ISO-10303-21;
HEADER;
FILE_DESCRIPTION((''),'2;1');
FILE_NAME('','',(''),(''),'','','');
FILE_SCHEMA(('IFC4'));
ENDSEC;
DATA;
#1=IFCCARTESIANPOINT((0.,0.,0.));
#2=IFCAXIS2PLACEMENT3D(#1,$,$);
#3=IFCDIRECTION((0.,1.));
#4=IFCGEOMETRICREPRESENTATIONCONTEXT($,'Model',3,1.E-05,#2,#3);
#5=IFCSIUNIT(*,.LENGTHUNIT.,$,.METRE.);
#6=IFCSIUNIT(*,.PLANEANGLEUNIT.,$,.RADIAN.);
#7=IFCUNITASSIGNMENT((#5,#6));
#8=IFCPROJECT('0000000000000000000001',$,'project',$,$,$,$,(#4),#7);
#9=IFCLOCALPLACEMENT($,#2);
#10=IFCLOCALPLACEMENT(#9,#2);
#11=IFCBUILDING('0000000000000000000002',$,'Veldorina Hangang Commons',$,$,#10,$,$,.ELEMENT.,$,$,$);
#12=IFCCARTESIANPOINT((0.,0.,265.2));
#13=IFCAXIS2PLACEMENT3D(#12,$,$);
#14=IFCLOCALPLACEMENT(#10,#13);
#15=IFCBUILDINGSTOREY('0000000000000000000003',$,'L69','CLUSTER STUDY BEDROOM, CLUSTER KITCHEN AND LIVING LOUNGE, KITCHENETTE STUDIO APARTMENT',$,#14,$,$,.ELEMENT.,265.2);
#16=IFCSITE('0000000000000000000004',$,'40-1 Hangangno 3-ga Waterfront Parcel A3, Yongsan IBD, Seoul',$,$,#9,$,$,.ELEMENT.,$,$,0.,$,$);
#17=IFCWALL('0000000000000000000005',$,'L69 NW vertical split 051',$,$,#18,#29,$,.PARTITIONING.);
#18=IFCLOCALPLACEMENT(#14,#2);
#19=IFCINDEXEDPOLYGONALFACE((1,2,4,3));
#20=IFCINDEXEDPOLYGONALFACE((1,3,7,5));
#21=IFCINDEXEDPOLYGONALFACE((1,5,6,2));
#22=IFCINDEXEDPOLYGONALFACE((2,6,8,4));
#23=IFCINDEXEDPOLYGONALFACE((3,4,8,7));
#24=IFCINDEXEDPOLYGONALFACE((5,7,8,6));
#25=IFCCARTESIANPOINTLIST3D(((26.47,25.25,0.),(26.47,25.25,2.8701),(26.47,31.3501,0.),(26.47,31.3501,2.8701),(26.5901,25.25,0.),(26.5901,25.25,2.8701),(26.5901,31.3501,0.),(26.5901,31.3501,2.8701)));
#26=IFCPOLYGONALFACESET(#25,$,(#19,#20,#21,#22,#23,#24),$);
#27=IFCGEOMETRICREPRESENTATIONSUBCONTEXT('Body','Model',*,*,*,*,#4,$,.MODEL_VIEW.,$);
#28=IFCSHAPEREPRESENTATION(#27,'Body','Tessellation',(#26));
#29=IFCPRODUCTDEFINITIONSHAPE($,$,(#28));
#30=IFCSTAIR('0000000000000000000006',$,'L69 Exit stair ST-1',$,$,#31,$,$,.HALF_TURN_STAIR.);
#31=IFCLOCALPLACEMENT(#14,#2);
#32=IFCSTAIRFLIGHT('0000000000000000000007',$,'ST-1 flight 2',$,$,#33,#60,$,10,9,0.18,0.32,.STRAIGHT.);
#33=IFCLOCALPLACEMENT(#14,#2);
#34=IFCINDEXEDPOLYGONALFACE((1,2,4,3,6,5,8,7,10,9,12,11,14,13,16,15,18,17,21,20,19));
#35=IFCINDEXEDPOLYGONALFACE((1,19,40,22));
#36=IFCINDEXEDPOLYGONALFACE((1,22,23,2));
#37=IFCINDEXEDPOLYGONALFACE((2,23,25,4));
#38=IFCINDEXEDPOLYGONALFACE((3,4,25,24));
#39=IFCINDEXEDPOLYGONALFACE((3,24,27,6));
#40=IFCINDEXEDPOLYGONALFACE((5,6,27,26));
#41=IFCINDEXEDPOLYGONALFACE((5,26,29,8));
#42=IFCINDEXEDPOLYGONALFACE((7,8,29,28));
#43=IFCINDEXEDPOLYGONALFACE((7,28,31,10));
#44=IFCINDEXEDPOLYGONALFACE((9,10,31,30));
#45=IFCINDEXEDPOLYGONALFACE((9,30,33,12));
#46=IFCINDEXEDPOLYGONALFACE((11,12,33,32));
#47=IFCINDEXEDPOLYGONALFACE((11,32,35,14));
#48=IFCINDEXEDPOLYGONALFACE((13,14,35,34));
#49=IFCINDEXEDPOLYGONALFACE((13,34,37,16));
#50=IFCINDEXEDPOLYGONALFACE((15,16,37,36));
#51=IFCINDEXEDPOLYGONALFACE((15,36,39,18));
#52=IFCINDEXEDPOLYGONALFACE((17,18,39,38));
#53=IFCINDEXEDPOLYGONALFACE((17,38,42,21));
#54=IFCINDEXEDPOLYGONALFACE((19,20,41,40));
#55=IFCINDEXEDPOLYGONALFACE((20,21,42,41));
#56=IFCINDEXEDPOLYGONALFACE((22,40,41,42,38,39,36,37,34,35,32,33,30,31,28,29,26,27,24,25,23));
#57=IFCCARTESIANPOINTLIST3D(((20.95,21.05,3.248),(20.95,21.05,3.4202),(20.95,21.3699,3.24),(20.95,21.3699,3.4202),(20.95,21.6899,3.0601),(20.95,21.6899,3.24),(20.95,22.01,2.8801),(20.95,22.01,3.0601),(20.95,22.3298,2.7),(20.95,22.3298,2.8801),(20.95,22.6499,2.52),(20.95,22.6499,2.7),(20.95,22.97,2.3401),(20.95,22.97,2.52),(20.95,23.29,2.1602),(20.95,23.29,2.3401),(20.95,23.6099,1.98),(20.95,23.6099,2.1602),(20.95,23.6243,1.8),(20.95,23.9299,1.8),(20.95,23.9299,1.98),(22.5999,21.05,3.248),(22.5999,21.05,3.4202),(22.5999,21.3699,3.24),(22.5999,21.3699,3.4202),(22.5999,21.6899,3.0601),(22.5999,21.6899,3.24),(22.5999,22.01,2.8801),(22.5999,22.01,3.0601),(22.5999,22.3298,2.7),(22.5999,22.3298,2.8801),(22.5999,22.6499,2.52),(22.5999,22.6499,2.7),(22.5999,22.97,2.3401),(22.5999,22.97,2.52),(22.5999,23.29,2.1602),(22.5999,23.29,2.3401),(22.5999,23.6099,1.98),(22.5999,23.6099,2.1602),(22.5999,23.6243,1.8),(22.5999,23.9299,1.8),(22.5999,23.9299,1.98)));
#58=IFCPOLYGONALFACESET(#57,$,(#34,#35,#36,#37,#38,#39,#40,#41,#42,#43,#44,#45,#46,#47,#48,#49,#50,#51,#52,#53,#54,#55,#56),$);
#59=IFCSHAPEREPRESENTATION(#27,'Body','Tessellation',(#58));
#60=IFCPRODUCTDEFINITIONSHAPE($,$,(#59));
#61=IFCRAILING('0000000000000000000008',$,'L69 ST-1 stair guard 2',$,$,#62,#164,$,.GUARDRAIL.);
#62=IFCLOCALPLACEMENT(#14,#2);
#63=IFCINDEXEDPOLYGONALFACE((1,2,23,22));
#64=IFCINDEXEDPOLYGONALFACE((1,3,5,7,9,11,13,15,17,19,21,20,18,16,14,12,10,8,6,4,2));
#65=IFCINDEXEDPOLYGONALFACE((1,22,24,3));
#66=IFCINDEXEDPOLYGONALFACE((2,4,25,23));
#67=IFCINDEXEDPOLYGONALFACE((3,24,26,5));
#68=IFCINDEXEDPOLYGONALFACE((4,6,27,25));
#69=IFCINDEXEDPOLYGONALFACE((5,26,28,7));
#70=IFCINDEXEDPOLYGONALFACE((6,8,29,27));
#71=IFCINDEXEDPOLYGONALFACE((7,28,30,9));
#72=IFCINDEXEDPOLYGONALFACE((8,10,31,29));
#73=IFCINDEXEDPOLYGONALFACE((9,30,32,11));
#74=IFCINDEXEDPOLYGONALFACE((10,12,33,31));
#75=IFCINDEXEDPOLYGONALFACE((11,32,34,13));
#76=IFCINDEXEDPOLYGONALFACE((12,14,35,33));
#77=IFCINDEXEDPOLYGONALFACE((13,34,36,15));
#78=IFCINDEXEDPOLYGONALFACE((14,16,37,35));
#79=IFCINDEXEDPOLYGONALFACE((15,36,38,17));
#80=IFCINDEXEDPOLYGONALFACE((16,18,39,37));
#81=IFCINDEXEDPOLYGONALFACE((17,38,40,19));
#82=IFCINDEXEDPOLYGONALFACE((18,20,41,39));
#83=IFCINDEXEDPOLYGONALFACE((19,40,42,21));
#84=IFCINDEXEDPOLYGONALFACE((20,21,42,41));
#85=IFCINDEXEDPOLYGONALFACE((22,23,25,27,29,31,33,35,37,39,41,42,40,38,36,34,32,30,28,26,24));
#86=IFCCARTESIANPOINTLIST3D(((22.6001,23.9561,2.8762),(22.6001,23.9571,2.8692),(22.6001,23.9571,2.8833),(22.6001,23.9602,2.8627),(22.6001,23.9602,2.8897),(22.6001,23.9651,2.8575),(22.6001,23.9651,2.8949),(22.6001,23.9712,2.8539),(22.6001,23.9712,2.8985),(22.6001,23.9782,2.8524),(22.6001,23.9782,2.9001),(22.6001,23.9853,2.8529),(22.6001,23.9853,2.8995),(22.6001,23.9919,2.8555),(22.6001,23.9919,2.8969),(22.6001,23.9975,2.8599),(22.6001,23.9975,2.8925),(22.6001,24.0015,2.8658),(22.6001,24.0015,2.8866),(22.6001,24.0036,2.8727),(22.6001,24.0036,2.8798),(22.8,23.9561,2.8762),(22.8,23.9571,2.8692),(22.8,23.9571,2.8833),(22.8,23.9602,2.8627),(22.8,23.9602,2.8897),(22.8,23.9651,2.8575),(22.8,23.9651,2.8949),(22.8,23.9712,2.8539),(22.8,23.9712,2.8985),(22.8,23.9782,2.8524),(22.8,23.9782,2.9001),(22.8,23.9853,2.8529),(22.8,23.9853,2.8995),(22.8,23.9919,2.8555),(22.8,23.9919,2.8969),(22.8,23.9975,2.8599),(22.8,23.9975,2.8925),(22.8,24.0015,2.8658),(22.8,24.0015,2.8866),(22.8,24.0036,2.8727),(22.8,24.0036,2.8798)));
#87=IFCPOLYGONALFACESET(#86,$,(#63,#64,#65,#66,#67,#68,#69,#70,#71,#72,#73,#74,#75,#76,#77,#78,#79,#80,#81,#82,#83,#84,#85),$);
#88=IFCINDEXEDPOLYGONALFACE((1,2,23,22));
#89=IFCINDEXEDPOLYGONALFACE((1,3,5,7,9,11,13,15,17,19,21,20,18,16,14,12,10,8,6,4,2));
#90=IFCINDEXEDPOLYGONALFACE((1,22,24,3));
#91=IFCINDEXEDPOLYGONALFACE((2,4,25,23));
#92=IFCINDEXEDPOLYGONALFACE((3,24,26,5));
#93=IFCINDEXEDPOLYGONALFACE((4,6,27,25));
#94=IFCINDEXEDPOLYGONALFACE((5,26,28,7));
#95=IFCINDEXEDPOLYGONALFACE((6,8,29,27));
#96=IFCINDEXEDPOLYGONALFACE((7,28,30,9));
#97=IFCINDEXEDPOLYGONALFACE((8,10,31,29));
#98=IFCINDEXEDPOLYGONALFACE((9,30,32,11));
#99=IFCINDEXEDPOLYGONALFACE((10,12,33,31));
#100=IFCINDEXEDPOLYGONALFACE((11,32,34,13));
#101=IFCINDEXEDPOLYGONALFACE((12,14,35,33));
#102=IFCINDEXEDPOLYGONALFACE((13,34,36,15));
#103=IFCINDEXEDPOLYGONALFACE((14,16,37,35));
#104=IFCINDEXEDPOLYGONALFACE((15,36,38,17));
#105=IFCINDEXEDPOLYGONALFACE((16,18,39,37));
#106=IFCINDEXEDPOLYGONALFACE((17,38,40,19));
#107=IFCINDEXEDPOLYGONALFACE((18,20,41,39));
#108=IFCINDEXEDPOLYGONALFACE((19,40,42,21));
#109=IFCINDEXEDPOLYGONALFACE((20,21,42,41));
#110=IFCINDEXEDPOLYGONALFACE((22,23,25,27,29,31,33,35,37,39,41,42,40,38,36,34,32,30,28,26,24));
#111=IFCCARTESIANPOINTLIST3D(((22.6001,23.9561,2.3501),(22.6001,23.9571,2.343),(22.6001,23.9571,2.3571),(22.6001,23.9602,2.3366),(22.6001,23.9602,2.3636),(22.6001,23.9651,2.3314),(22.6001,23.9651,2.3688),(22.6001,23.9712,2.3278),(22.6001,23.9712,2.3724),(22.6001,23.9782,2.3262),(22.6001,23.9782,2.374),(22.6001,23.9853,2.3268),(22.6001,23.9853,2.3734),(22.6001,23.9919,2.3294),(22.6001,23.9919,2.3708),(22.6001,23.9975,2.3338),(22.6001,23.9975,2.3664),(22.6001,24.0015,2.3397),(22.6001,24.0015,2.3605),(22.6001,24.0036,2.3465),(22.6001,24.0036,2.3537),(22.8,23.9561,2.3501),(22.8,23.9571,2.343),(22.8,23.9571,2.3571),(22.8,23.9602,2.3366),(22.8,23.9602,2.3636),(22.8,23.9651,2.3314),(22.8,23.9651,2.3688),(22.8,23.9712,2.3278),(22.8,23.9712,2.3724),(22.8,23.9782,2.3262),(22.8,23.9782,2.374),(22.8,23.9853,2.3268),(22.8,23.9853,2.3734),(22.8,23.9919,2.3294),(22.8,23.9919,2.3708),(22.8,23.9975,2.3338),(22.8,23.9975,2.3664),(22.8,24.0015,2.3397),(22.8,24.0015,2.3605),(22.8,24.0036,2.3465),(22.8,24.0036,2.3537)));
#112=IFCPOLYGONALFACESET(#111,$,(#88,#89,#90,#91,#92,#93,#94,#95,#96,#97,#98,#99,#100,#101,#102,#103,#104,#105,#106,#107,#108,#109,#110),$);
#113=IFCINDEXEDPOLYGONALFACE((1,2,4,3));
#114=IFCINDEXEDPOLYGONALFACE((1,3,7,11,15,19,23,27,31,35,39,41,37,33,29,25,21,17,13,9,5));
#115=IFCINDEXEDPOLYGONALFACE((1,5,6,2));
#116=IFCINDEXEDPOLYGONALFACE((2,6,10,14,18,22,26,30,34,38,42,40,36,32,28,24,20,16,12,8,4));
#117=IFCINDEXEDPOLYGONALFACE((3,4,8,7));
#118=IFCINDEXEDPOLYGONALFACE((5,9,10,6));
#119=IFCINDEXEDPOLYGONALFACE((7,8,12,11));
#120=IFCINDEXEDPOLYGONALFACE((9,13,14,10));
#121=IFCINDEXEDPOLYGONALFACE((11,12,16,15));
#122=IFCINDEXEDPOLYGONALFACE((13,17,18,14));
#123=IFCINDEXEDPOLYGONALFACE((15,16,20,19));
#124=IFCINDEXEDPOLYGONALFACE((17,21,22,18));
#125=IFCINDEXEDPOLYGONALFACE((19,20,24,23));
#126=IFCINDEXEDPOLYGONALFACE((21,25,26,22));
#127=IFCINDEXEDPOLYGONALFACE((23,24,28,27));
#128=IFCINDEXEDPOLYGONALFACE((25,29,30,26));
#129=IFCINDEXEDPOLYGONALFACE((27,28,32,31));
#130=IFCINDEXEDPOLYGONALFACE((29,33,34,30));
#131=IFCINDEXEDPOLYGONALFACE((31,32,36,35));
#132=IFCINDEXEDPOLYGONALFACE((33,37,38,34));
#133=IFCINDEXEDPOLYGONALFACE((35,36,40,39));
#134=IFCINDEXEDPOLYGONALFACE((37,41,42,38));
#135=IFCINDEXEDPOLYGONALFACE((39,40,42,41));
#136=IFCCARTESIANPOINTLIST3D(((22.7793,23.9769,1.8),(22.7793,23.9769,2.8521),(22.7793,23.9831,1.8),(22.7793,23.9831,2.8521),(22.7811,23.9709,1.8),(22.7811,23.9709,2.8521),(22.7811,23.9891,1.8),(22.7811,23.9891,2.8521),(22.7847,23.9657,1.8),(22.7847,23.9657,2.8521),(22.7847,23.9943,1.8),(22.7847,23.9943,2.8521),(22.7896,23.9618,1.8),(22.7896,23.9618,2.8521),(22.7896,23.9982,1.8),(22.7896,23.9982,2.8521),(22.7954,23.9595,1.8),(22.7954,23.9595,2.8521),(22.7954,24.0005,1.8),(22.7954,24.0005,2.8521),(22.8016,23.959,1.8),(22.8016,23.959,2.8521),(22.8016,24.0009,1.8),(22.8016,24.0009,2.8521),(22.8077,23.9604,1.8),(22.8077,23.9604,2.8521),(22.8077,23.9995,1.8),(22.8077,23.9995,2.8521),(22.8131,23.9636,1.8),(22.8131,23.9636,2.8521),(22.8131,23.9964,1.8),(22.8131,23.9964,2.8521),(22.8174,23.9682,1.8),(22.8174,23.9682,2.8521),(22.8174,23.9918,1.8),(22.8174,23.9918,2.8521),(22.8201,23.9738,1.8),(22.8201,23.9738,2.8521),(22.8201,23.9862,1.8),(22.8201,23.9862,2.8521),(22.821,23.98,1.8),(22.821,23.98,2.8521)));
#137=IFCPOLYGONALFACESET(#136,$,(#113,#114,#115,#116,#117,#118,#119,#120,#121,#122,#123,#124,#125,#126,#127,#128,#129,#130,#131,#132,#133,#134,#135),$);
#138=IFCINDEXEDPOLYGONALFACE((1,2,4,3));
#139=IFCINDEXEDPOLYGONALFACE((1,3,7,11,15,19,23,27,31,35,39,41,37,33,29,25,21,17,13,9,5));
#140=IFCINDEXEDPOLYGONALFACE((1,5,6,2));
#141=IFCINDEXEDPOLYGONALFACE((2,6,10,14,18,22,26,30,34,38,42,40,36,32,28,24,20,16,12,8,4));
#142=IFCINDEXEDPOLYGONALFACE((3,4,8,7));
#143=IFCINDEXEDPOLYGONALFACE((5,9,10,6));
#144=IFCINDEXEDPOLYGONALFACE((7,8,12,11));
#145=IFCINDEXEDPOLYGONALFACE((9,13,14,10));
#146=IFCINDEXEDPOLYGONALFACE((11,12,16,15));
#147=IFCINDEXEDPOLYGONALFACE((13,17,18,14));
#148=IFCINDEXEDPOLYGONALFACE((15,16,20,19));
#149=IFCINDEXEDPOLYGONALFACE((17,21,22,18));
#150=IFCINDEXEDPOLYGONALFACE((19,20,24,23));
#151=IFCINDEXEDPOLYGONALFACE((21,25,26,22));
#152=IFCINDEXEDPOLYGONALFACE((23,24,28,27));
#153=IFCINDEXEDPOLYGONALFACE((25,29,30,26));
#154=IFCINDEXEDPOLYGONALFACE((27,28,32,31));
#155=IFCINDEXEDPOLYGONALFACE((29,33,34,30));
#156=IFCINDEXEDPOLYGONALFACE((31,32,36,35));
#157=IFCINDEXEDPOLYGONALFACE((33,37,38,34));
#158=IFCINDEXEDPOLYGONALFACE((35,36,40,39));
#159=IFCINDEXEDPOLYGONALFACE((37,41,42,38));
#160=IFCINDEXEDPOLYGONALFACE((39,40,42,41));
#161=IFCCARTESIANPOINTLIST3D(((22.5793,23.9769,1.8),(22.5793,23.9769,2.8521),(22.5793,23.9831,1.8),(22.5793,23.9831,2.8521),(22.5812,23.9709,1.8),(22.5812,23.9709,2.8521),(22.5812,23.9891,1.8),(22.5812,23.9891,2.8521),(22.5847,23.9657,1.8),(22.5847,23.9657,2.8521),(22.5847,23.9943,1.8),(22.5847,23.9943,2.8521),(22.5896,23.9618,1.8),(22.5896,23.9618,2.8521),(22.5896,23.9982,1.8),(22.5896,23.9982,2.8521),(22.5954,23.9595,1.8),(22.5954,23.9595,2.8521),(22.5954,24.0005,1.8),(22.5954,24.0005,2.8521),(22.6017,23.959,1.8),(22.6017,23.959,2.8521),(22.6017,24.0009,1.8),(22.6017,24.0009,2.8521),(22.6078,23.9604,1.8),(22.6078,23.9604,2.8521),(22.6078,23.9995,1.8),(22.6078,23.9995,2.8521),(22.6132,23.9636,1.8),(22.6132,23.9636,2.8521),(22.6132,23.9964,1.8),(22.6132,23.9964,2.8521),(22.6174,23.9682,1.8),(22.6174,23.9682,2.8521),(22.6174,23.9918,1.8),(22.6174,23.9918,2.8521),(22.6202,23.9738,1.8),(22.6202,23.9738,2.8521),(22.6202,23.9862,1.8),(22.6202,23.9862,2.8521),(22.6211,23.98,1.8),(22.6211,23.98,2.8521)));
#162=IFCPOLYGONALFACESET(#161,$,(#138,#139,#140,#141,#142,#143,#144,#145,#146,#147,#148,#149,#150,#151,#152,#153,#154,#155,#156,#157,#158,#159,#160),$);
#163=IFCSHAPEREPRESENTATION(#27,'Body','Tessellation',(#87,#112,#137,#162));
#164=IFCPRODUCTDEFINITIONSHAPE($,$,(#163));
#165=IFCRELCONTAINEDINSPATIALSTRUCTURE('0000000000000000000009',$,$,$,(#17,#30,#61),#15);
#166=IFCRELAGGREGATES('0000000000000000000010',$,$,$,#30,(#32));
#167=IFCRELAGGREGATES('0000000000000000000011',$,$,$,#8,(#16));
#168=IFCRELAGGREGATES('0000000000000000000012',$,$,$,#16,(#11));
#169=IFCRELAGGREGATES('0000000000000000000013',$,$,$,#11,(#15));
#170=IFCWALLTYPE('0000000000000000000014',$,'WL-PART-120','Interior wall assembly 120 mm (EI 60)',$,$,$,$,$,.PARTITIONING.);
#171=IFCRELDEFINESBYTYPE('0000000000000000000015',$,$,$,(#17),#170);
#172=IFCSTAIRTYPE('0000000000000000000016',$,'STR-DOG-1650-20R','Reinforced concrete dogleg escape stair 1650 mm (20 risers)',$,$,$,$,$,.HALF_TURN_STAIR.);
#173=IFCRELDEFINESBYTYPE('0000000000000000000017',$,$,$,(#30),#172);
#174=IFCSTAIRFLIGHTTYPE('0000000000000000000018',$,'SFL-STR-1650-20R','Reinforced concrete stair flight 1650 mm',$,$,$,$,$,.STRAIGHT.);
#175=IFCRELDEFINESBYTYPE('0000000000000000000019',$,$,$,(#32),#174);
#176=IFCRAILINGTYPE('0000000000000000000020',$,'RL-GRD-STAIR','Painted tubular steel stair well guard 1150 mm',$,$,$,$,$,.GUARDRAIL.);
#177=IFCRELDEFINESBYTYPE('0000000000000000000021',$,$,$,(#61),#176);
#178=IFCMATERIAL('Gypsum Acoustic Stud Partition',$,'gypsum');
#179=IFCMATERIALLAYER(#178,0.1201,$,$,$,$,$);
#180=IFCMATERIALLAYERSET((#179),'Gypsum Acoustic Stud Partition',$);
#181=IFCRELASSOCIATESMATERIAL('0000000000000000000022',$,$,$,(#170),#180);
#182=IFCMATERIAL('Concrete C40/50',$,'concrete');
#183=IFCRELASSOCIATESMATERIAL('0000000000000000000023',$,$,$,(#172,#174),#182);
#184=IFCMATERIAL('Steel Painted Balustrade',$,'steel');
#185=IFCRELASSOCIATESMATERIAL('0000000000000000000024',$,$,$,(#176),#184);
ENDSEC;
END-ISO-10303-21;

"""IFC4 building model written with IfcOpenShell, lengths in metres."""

from ifc_helpers import new_model, si_unit, direction, frame, frame_2d, origin, origin_2d, place, context, subcontext, project, spatial, polyline, rectangle, circle, outline, extrude, material, layer, layer_set, type_object, element, aggregate, save


model = new_model("IFC4")

# Units and contexts
model_context = context("Model", 3, precision=1e-05, world=origin(), true_north=direction((0.0, 1.0)))
body_context = subcontext(model_context, "Body", "Model", "MODEL_VIEW")
ifc_project = project(units=[si_unit("LENGTHUNIT", "METRE"), si_unit("PLANEANGLEUNIT", "RADIAN")], contexts=[model_context])

# Site, building, storey
site_placement = place(None, origin())
site = spatial("IfcSite", under=ifc_project, at=site_placement, Name="40-1 Hangangno 3-ga Waterfront Parcel A3, Yongsan IBD, Seoul", CompositionType="ELEMENT", RefElevation=0.0)
building_placement = place(site_placement, origin())
building = spatial("IfcBuilding", under=site, at=building_placement, Name="Veldorina Hangang Commons", CompositionType="ELEMENT")
storey_placement = place(building_placement, frame((0.0, 0.0, 265.2)))
storey = spatial("IfcBuildingStorey", under=building, at=storey_placement, Name="L69", Description="CLUSTER STUDY BEDROOM, CLUSTER KITCHEN AND LIVING LOUNGE, KITCHENETTE STUDIO APARTMENT", CompositionType="ELEMENT", Elevation=265.2)

# Shared definitions
ifc_material_1 = material(Name="Gypsum Acoustic Stud Partition", Category="gypsum")
ifc_layer_1 = layer(ifc_material_1, 0.1201)
ifc_layer_set_1 = layer_set([ifc_layer_1], Name="Gypsum Acoustic Stud Partition")
wall_type_1 = type_object("IfcWallType", Name="WL-PART-120", Description="Interior wall assembly 120 mm (EI 60)", PredefinedType="PARTITIONING", material=ifc_layer_set_1)

# Wall
wall_1_placement = place(storey_placement, frame((26.53, 25.25, 0.0), z_axis=(0.0, 0.0, 1.0), x_axis=(0.0, 1.0, 0.0)))
element("IfcWall", 1, at=wall_1_placement, inside=storey, type_object=wall_type_1, Name="L69 NW vertical split 051", PredefinedType="PARTITIONING", context=body_context, shape_type="SweptSolid", body=[
    extrude(rectangle(XDim=6.1001, YDim=0.1201, at=frame_2d((3.05, 0.0))), origin(), (0.0, 0.0, 1.0), 2.8701),
])

# Stair, stair flight
ifc_material_2 = material(Name="Concrete C40/50", Category="concrete")
stair_type = type_object("IfcStairType", Name="STR-DOG-1650-20R", Description="Reinforced concrete dogleg escape stair 1650 mm (20 risers)", PredefinedType="HALF_TURN_STAIR", material=ifc_material_2)
stair_placement = place(storey_placement, origin())
stair = element("IfcStair", 2, at=stair_placement, inside=storey, type_object=stair_type, Name="L69 Exit stair ST-1", PredefinedType="HALF_TURN_STAIR")
stair_flight_type = type_object("IfcStairFlightType", Name="SFL-STR-1650-20R", Description="Reinforced concrete stair flight 1650 mm", PredefinedType="STRAIGHT", material=ifc_material_2)
stair_flight_placement = place(storey_placement, frame((21.7749, 23.9299, 1.8), z_axis=(0.0, 0.0, 1.0), x_axis=(0.0, -1.0, 0.0)))
stair_flight = element("IfcStairFlight", 3, at=stair_flight_placement, type_object=stair_flight_type, Name="ST-1 flight 2", NumberOfRisers=10, NumberOfTreads=9, PredefinedType="STRAIGHT", RiserHeight=0.18, TreadLength=0.32, context=body_context, shape_type="SweptSolid", body=[
    extrude(outline(polyline([(0.0, 0.0), (0.0, 0.1799), (0.3201, 0.1799), (0.3201, 0.3601), (0.6399, 0.3601), (0.6399, 0.54), (0.96, 0.54), (0.96, 0.72), (1.28, 0.72), (1.28, 0.8999), (1.6001, 0.8999), (1.6001, 1.0801), (1.9199, 1.0801), (1.9199, 1.26), (2.24, 1.26), (2.24, 1.4399), (2.5601, 1.4399), (2.5601, 1.6201), (2.8799, 1.6201), (2.8799, 1.8), (2.8799, 1.448), (0.3057, 0.0), (0.0, 0.0)])), frame((0.0, 0.825, 0.0), z_axis=(0.0, -1.0, 0.0), x_axis=(1.0, 0.0, 0.0)), (0.0, 0.0, 1.0), 1.6499),
])
aggregate(stair, [stair_flight])

# Railing
ifc_material_3 = material(Name="Steel Painted Balustrade", Category="steel")
railing_type_1 = type_object("IfcRailingType", Name="RL-GRD-STAIR", Description="Painted tubular steel stair well guard 1150 mm", PredefinedType="GUARDRAIL", material=ifc_material_3)
railing_1_placement = place(storey_placement, frame((22.8, 23.98, 1.8)))
element("IfcRailing", 4, at=railing_1_placement, inside=storey, type_object=railing_type_1, Name="L69 ST-1 stair guard 2", PredefinedType="GUARDRAIL", context=body_context, shape_type="SweptSolid", body=[
    extrude(circle(Radius=0.0239, at=origin_2d()), frame((0.0, 0.0, 1.0762), z_axis=(-1.0, 0.0, 0.0), x_axis=(0.0, -1.0, 0.0)), (0.0, 0.0, 1.0), 0.2),
    extrude(circle(Radius=0.0239, at=origin_2d()), frame((0.0, 0.0, 0.55), z_axis=(-1.0, 0.0, 0.0), x_axis=(0.0, -1.0, 0.0)), (0.0, 0.0, 1.0), 0.2),
    extrude(circle(Radius=0.021, at=origin_2d()), origin(), (0.0, 0.0, 1.0), 1.052),
    extrude(circle(Radius=0.021, at=origin_2d()), frame((-0.2, 0.0, 0.0)), (0.0, 0.0, 1.0), 1.052),
])

save(model, "model.ifc")
